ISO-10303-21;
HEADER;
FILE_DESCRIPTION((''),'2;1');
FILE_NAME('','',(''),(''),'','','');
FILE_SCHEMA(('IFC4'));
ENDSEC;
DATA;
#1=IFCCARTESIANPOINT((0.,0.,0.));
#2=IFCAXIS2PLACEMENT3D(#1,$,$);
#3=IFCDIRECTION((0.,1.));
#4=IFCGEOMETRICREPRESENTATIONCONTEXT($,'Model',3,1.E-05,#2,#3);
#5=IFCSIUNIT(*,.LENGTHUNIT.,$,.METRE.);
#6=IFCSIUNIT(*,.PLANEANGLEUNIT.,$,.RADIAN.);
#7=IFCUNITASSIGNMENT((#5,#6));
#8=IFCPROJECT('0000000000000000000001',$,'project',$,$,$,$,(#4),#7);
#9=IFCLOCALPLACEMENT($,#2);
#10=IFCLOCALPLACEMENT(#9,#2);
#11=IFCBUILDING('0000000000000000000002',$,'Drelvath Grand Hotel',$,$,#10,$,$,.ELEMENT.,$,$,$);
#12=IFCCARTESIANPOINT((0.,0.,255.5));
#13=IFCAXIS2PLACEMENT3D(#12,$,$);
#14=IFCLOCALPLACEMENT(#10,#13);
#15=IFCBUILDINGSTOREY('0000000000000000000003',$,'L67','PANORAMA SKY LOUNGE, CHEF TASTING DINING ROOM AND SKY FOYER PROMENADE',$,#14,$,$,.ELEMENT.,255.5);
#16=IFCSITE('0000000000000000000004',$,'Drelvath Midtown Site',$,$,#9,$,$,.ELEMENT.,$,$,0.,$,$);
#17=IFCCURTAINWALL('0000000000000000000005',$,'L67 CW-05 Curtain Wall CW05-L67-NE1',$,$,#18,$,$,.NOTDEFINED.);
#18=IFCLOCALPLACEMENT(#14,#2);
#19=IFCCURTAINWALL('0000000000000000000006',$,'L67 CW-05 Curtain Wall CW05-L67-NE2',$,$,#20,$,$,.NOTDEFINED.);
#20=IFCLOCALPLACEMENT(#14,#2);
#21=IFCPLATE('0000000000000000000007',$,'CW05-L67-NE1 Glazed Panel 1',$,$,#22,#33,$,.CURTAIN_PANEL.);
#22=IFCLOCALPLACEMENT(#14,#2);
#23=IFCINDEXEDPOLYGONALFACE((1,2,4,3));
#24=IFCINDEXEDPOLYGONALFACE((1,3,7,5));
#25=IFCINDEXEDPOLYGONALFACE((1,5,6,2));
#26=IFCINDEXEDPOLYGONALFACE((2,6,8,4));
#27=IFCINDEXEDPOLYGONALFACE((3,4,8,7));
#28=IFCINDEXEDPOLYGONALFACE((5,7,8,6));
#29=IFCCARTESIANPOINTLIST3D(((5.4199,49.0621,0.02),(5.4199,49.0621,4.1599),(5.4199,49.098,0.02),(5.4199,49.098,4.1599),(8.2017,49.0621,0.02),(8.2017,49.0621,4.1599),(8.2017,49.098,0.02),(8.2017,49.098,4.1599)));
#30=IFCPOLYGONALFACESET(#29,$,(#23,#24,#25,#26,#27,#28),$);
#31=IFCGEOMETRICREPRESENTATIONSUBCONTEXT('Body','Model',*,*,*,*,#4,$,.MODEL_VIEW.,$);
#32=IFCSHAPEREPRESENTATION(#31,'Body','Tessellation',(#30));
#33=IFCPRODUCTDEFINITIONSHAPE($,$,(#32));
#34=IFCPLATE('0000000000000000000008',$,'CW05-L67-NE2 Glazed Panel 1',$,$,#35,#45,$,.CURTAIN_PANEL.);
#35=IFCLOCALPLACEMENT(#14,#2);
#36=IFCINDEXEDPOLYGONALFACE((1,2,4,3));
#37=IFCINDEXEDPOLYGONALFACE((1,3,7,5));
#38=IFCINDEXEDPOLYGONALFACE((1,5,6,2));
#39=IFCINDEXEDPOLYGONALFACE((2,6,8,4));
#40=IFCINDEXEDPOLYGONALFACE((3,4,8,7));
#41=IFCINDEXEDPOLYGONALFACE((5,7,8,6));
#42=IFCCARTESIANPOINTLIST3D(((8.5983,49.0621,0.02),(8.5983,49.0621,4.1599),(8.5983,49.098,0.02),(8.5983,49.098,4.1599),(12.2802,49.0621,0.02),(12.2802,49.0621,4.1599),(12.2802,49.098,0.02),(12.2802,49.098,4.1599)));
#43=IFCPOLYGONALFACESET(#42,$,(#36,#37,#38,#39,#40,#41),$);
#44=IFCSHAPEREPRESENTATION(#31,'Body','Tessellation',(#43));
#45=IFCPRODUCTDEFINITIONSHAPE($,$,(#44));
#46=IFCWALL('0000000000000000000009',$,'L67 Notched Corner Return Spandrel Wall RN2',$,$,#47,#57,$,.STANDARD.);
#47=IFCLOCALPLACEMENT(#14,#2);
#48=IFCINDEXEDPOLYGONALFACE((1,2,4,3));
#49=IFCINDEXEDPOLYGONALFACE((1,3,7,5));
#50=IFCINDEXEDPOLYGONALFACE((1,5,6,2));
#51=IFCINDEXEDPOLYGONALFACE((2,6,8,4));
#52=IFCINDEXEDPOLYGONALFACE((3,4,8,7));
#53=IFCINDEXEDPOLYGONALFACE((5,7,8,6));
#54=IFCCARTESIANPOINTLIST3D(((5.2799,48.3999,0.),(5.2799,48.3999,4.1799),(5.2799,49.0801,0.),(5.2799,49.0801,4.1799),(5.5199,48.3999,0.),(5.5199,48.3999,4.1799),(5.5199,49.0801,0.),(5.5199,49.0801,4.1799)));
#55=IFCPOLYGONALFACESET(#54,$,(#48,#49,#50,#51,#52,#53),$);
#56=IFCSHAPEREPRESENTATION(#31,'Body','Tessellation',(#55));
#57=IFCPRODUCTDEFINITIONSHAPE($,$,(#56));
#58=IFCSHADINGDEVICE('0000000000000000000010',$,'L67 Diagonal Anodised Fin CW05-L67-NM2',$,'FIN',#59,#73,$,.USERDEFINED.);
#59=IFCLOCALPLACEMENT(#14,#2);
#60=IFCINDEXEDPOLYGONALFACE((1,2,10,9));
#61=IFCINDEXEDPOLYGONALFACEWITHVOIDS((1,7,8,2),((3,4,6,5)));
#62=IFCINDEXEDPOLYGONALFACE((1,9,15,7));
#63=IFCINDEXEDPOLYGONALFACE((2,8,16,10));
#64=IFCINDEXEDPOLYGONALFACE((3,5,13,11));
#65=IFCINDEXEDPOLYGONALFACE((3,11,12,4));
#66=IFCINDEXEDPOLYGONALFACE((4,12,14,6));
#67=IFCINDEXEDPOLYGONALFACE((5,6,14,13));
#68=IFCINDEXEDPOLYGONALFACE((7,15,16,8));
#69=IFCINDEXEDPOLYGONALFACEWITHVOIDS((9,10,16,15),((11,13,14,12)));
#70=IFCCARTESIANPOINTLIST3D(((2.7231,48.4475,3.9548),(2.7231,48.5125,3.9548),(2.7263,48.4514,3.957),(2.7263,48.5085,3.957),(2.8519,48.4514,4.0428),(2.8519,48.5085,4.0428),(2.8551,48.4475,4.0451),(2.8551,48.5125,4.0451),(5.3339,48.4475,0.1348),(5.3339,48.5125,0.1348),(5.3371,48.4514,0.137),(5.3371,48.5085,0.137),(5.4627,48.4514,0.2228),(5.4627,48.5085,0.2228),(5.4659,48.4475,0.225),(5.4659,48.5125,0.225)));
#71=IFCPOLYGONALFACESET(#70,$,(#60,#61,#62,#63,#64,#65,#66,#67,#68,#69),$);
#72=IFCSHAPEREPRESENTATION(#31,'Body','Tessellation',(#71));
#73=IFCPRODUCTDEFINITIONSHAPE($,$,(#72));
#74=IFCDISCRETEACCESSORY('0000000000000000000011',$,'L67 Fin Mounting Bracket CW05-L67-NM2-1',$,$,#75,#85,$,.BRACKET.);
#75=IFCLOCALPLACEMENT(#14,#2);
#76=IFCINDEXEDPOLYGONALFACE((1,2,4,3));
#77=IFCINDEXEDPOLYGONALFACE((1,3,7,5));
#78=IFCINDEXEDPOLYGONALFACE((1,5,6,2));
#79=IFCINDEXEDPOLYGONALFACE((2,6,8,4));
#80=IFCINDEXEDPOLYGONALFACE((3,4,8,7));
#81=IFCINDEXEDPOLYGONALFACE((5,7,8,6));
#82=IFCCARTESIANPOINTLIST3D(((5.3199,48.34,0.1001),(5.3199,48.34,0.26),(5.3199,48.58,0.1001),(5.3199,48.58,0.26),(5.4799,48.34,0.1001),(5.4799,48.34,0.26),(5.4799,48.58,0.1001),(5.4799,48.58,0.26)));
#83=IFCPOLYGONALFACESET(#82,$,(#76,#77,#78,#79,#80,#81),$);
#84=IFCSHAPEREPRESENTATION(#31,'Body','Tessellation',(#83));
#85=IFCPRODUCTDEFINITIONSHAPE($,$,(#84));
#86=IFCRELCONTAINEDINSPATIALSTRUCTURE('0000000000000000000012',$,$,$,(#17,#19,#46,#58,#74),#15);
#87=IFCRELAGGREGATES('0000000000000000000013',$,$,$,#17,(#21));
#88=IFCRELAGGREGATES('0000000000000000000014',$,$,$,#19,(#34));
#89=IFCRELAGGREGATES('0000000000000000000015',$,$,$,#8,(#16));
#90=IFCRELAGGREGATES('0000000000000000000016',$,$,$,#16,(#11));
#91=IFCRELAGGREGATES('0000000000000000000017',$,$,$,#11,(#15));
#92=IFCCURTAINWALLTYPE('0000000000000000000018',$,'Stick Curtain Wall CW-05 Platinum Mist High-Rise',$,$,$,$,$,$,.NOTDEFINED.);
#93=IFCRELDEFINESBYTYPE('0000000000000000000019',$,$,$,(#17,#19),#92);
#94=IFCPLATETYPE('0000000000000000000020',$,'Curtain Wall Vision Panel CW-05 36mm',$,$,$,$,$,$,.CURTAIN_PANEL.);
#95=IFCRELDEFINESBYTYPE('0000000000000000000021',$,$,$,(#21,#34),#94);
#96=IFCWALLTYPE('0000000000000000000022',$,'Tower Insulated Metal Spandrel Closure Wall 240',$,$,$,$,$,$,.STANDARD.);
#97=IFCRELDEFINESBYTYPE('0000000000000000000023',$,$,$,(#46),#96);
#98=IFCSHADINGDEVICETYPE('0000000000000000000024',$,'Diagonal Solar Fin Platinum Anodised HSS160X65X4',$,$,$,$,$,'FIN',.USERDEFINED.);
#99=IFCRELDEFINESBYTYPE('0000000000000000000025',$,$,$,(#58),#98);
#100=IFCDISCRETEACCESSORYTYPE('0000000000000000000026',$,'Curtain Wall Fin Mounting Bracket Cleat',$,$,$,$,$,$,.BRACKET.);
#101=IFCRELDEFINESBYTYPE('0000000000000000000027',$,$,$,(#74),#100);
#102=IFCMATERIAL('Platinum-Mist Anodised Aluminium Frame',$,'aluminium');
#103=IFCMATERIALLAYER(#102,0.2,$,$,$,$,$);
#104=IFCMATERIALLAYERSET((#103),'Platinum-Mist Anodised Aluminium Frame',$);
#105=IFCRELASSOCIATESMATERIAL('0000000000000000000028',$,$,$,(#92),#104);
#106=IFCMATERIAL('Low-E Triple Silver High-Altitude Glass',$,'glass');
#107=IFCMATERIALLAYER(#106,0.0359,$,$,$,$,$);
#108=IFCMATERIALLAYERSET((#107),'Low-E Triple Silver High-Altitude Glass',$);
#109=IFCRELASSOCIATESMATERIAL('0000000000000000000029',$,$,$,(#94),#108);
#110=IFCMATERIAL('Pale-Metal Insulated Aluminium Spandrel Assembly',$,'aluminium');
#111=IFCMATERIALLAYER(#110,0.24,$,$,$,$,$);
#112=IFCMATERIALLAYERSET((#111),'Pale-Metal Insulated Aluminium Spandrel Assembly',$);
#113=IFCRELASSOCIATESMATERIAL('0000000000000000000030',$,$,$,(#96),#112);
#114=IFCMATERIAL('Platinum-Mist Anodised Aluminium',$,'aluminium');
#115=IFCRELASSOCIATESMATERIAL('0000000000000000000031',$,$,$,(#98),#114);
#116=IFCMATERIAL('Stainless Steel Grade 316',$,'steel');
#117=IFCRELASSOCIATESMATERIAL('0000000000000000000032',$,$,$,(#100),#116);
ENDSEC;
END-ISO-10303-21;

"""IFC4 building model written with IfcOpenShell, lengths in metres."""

from ifc_helpers import new_model, si_unit, direction, frame, frame_2d, origin, origin_2d, place, context, subcontext, project, spatial, rectangle, hollow_rectangle, extrude, material, layer, layer_set, material_profile, profile_set, type_object, element, aggregate, save


model = new_model("IFC4")

# Units and contexts
model_context = context("Model", 3, precision=1e-05, world=origin(), true_north=direction((0.0, 1.0)))
body_context = subcontext(model_context, "Body", "Model", "MODEL_VIEW")
ifc_project = project(units=[si_unit("LENGTHUNIT", "METRE"), si_unit("PLANEANGLEUNIT", "RADIAN")], contexts=[model_context])

# Site, building, storey
site_placement = place(None, origin())
site = spatial("IfcSite", under=ifc_project, at=site_placement, Name="Drelvath Midtown Site", CompositionType="ELEMENT", RefElevation=0.0)
building_placement = place(site_placement, origin())
building = spatial("IfcBuilding", under=site, at=building_placement, Name="Drelvath Grand Hotel", CompositionType="ELEMENT")
storey_placement = place(building_placement, frame((0.0, 0.0, 255.5)))
storey = spatial("IfcBuildingStorey", under=building, at=storey_placement, Name="L67", Description="PANORAMA SKY LOUNGE, CHEF TASTING DINING ROOM AND SKY FOYER PROMENADE", CompositionType="ELEMENT", Elevation=255.5)

# Curtain walls
ifc_material_1 = material(Name="Platinum-Mist Anodised Aluminium Frame", Category="aluminium")
ifc_layer_1 = layer(ifc_material_1, 0.2)
ifc_layer_set_1 = layer_set([ifc_layer_1], Name="Platinum-Mist Anodised Aluminium Frame")
curtain_wall_type = type_object("IfcCurtainWallType", Name="Stick Curtain Wall CW-05 Platinum Mist High-Rise", PredefinedType="NOTDEFINED", material=ifc_layer_set_1)
curtain_wall_1_placement = place(storey_placement, origin())
curtain_wall_1 = element("IfcCurtainWall", 1, at=curtain_wall_1_placement, inside=storey, type_object=curtain_wall_type, Name="L67 CW-05 Curtain Wall CW05-L67-NE1", PredefinedType="NOTDEFINED")
curtain_wall_2_placement = place(storey_placement, origin())
curtain_wall_2 = element("IfcCurtainWall", 2, at=curtain_wall_2_placement, inside=storey, type_object=curtain_wall_type, Name="L67 CW-05 Curtain Wall CW05-L67-NE2", PredefinedType="NOTDEFINED")

# Plates
ifc_material_2 = material(Name="Low-E Triple Silver High-Altitude Glass", Category="glass")
ifc_layer_2 = layer(ifc_material_2, 0.0359)
ifc_layer_set_2 = layer_set([ifc_layer_2], Name="Low-E Triple Silver High-Altitude Glass")
plate_type = type_object("IfcPlateType", Name="Curtain Wall Vision Panel CW-05 36mm", PredefinedType="CURTAIN_PANEL", material=ifc_layer_set_2)
plate_1_placement = place(storey_placement, frame((6.8108, 49.0801, 0.02), z_axis=(0.0, 0.0, 1.0), x_axis=(1.0, 0.0, 0.0)))
plate_1 = element("IfcPlate", 3, at=plate_1_placement, type_object=plate_type, Name="CW05-L67-NE1 Glazed Panel 1", PredefinedType="CURTAIN_PANEL", context=body_context, shape_type="SweptSolid", body=[
    extrude(rectangle(XDim=2.7817, YDim=0.0359, at=origin_2d()), origin(), (0.0, 0.0, 1.0), 4.1399),
])
aggregate(curtain_wall_1, [plate_1])
plate_2_placement = place(storey_placement, frame((10.4392, 49.0801, 0.02), z_axis=(0.0, 0.0, 1.0), x_axis=(1.0, 0.0, 0.0)))
plate_2 = element("IfcPlate", 4, at=plate_2_placement, type_object=plate_type, Name="CW05-L67-NE2 Glazed Panel 1", PredefinedType="CURTAIN_PANEL", context=body_context, shape_type="SweptSolid", body=[
    extrude(rectangle(XDim=3.6819, YDim=0.0359, at=origin_2d()), origin(), (0.0, 0.0, 1.0), 4.1399),
])
aggregate(curtain_wall_2, [plate_2])

# Wall
ifc_material_3 = material(Name="Pale-Metal Insulated Aluminium Spandrel Assembly", Category="aluminium")
ifc_layer_3 = layer(ifc_material_3, 0.24)
ifc_layer_set_3 = layer_set([ifc_layer_3], Name="Pale-Metal Insulated Aluminium Spandrel Assembly")
wall_type = type_object("IfcWallType", Name="Tower Insulated Metal Spandrel Closure Wall 240", PredefinedType="STANDARD", material=ifc_layer_set_3)
wall_placement = place(storey_placement, frame((5.3999, 48.3999, 0.0), z_axis=(0.0, 0.0, 1.0), x_axis=(0.0, 1.0, 0.0)))
element("IfcWall", 5, at=wall_placement, inside=storey, type_object=wall_type, Name="L67 Notched Corner Return Spandrel Wall RN2", PredefinedType="STANDARD", context=body_context, shape_type="SweptSolid", body=[
    extrude(rectangle(XDim=0.6802, YDim=0.24, at=frame_2d((0.3401, 0.0))), origin(), (0.0, 0.0, 1.0), 4.1799),
])

# Shading device
ifc_material_4 = material(Name="Platinum-Mist Anodised Aluminium", Category="aluminium")
ifc_material_profile_1 = material_profile(ifc_material_4, hollow_rectangle(XDim=0.0649, YDim=0.1599, WallThickness=0.0039, at=origin_2d()), Name="HSS160X65X4")
ifc_profile_set_1 = profile_set([ifc_material_profile_1], Name="Platinum-Mist Anodised Aluminium")
shading_device_type = type_object("IfcShadingDeviceType", Name="Diagonal Solar Fin Platinum Anodised HSS160X65X4", ElementType="FIN", PredefinedType="USERDEFINED", material=ifc_profile_set_1)
shading_device_placement = place(storey_placement, frame((5.3999, 48.48, 0.1799), z_axis=(-0.564258, 0.0, 0.825598), x_axis=(0.0, -1.0, 0.0)))
element("IfcShadingDevice", 6, at=shading_device_placement, inside=storey, type_object=shading_device_type, Name="L67 Diagonal Anodised Fin CW05-L67-NM2", ObjectType="FIN", PredefinedType="USERDEFINED", context=body_context, shape_type="SweptSolid", body=[
    extrude(hollow_rectangle(XDim=0.0649, YDim=0.1599, WallThickness=0.0039, at=origin_2d()), origin(), (0.0, 0.0, 1.0), 4.627),
])

# Discrete accessory
ifc_material_5 = material(Name="Stainless Steel Grade 316", Category="steel")
discrete_accessory_type = type_object("IfcDiscreteAccessoryType", Name="Curtain Wall Fin Mounting Bracket Cleat", PredefinedType="BRACKET", material=ifc_material_5)
discrete_accessory_placement = place(storey_placement, frame((5.3999, 48.46, 0.1001), z_axis=(0.0, 0.0, 1.0), x_axis=(1.0, 0.0, 0.0)))
element("IfcDiscreteAccessory", 7, at=discrete_accessory_placement, inside=storey, type_object=discrete_accessory_type, Name="L67 Fin Mounting Bracket CW05-L67-NM2-1", PredefinedType="BRACKET", context=body_context, shape_type="SweptSolid", body=[
    extrude(rectangle(XDim=0.1599, YDim=0.24, at=origin_2d()), origin(), (0.0, 0.0, 1.0), 0.1599),
])

save(model, "model.ifc")
